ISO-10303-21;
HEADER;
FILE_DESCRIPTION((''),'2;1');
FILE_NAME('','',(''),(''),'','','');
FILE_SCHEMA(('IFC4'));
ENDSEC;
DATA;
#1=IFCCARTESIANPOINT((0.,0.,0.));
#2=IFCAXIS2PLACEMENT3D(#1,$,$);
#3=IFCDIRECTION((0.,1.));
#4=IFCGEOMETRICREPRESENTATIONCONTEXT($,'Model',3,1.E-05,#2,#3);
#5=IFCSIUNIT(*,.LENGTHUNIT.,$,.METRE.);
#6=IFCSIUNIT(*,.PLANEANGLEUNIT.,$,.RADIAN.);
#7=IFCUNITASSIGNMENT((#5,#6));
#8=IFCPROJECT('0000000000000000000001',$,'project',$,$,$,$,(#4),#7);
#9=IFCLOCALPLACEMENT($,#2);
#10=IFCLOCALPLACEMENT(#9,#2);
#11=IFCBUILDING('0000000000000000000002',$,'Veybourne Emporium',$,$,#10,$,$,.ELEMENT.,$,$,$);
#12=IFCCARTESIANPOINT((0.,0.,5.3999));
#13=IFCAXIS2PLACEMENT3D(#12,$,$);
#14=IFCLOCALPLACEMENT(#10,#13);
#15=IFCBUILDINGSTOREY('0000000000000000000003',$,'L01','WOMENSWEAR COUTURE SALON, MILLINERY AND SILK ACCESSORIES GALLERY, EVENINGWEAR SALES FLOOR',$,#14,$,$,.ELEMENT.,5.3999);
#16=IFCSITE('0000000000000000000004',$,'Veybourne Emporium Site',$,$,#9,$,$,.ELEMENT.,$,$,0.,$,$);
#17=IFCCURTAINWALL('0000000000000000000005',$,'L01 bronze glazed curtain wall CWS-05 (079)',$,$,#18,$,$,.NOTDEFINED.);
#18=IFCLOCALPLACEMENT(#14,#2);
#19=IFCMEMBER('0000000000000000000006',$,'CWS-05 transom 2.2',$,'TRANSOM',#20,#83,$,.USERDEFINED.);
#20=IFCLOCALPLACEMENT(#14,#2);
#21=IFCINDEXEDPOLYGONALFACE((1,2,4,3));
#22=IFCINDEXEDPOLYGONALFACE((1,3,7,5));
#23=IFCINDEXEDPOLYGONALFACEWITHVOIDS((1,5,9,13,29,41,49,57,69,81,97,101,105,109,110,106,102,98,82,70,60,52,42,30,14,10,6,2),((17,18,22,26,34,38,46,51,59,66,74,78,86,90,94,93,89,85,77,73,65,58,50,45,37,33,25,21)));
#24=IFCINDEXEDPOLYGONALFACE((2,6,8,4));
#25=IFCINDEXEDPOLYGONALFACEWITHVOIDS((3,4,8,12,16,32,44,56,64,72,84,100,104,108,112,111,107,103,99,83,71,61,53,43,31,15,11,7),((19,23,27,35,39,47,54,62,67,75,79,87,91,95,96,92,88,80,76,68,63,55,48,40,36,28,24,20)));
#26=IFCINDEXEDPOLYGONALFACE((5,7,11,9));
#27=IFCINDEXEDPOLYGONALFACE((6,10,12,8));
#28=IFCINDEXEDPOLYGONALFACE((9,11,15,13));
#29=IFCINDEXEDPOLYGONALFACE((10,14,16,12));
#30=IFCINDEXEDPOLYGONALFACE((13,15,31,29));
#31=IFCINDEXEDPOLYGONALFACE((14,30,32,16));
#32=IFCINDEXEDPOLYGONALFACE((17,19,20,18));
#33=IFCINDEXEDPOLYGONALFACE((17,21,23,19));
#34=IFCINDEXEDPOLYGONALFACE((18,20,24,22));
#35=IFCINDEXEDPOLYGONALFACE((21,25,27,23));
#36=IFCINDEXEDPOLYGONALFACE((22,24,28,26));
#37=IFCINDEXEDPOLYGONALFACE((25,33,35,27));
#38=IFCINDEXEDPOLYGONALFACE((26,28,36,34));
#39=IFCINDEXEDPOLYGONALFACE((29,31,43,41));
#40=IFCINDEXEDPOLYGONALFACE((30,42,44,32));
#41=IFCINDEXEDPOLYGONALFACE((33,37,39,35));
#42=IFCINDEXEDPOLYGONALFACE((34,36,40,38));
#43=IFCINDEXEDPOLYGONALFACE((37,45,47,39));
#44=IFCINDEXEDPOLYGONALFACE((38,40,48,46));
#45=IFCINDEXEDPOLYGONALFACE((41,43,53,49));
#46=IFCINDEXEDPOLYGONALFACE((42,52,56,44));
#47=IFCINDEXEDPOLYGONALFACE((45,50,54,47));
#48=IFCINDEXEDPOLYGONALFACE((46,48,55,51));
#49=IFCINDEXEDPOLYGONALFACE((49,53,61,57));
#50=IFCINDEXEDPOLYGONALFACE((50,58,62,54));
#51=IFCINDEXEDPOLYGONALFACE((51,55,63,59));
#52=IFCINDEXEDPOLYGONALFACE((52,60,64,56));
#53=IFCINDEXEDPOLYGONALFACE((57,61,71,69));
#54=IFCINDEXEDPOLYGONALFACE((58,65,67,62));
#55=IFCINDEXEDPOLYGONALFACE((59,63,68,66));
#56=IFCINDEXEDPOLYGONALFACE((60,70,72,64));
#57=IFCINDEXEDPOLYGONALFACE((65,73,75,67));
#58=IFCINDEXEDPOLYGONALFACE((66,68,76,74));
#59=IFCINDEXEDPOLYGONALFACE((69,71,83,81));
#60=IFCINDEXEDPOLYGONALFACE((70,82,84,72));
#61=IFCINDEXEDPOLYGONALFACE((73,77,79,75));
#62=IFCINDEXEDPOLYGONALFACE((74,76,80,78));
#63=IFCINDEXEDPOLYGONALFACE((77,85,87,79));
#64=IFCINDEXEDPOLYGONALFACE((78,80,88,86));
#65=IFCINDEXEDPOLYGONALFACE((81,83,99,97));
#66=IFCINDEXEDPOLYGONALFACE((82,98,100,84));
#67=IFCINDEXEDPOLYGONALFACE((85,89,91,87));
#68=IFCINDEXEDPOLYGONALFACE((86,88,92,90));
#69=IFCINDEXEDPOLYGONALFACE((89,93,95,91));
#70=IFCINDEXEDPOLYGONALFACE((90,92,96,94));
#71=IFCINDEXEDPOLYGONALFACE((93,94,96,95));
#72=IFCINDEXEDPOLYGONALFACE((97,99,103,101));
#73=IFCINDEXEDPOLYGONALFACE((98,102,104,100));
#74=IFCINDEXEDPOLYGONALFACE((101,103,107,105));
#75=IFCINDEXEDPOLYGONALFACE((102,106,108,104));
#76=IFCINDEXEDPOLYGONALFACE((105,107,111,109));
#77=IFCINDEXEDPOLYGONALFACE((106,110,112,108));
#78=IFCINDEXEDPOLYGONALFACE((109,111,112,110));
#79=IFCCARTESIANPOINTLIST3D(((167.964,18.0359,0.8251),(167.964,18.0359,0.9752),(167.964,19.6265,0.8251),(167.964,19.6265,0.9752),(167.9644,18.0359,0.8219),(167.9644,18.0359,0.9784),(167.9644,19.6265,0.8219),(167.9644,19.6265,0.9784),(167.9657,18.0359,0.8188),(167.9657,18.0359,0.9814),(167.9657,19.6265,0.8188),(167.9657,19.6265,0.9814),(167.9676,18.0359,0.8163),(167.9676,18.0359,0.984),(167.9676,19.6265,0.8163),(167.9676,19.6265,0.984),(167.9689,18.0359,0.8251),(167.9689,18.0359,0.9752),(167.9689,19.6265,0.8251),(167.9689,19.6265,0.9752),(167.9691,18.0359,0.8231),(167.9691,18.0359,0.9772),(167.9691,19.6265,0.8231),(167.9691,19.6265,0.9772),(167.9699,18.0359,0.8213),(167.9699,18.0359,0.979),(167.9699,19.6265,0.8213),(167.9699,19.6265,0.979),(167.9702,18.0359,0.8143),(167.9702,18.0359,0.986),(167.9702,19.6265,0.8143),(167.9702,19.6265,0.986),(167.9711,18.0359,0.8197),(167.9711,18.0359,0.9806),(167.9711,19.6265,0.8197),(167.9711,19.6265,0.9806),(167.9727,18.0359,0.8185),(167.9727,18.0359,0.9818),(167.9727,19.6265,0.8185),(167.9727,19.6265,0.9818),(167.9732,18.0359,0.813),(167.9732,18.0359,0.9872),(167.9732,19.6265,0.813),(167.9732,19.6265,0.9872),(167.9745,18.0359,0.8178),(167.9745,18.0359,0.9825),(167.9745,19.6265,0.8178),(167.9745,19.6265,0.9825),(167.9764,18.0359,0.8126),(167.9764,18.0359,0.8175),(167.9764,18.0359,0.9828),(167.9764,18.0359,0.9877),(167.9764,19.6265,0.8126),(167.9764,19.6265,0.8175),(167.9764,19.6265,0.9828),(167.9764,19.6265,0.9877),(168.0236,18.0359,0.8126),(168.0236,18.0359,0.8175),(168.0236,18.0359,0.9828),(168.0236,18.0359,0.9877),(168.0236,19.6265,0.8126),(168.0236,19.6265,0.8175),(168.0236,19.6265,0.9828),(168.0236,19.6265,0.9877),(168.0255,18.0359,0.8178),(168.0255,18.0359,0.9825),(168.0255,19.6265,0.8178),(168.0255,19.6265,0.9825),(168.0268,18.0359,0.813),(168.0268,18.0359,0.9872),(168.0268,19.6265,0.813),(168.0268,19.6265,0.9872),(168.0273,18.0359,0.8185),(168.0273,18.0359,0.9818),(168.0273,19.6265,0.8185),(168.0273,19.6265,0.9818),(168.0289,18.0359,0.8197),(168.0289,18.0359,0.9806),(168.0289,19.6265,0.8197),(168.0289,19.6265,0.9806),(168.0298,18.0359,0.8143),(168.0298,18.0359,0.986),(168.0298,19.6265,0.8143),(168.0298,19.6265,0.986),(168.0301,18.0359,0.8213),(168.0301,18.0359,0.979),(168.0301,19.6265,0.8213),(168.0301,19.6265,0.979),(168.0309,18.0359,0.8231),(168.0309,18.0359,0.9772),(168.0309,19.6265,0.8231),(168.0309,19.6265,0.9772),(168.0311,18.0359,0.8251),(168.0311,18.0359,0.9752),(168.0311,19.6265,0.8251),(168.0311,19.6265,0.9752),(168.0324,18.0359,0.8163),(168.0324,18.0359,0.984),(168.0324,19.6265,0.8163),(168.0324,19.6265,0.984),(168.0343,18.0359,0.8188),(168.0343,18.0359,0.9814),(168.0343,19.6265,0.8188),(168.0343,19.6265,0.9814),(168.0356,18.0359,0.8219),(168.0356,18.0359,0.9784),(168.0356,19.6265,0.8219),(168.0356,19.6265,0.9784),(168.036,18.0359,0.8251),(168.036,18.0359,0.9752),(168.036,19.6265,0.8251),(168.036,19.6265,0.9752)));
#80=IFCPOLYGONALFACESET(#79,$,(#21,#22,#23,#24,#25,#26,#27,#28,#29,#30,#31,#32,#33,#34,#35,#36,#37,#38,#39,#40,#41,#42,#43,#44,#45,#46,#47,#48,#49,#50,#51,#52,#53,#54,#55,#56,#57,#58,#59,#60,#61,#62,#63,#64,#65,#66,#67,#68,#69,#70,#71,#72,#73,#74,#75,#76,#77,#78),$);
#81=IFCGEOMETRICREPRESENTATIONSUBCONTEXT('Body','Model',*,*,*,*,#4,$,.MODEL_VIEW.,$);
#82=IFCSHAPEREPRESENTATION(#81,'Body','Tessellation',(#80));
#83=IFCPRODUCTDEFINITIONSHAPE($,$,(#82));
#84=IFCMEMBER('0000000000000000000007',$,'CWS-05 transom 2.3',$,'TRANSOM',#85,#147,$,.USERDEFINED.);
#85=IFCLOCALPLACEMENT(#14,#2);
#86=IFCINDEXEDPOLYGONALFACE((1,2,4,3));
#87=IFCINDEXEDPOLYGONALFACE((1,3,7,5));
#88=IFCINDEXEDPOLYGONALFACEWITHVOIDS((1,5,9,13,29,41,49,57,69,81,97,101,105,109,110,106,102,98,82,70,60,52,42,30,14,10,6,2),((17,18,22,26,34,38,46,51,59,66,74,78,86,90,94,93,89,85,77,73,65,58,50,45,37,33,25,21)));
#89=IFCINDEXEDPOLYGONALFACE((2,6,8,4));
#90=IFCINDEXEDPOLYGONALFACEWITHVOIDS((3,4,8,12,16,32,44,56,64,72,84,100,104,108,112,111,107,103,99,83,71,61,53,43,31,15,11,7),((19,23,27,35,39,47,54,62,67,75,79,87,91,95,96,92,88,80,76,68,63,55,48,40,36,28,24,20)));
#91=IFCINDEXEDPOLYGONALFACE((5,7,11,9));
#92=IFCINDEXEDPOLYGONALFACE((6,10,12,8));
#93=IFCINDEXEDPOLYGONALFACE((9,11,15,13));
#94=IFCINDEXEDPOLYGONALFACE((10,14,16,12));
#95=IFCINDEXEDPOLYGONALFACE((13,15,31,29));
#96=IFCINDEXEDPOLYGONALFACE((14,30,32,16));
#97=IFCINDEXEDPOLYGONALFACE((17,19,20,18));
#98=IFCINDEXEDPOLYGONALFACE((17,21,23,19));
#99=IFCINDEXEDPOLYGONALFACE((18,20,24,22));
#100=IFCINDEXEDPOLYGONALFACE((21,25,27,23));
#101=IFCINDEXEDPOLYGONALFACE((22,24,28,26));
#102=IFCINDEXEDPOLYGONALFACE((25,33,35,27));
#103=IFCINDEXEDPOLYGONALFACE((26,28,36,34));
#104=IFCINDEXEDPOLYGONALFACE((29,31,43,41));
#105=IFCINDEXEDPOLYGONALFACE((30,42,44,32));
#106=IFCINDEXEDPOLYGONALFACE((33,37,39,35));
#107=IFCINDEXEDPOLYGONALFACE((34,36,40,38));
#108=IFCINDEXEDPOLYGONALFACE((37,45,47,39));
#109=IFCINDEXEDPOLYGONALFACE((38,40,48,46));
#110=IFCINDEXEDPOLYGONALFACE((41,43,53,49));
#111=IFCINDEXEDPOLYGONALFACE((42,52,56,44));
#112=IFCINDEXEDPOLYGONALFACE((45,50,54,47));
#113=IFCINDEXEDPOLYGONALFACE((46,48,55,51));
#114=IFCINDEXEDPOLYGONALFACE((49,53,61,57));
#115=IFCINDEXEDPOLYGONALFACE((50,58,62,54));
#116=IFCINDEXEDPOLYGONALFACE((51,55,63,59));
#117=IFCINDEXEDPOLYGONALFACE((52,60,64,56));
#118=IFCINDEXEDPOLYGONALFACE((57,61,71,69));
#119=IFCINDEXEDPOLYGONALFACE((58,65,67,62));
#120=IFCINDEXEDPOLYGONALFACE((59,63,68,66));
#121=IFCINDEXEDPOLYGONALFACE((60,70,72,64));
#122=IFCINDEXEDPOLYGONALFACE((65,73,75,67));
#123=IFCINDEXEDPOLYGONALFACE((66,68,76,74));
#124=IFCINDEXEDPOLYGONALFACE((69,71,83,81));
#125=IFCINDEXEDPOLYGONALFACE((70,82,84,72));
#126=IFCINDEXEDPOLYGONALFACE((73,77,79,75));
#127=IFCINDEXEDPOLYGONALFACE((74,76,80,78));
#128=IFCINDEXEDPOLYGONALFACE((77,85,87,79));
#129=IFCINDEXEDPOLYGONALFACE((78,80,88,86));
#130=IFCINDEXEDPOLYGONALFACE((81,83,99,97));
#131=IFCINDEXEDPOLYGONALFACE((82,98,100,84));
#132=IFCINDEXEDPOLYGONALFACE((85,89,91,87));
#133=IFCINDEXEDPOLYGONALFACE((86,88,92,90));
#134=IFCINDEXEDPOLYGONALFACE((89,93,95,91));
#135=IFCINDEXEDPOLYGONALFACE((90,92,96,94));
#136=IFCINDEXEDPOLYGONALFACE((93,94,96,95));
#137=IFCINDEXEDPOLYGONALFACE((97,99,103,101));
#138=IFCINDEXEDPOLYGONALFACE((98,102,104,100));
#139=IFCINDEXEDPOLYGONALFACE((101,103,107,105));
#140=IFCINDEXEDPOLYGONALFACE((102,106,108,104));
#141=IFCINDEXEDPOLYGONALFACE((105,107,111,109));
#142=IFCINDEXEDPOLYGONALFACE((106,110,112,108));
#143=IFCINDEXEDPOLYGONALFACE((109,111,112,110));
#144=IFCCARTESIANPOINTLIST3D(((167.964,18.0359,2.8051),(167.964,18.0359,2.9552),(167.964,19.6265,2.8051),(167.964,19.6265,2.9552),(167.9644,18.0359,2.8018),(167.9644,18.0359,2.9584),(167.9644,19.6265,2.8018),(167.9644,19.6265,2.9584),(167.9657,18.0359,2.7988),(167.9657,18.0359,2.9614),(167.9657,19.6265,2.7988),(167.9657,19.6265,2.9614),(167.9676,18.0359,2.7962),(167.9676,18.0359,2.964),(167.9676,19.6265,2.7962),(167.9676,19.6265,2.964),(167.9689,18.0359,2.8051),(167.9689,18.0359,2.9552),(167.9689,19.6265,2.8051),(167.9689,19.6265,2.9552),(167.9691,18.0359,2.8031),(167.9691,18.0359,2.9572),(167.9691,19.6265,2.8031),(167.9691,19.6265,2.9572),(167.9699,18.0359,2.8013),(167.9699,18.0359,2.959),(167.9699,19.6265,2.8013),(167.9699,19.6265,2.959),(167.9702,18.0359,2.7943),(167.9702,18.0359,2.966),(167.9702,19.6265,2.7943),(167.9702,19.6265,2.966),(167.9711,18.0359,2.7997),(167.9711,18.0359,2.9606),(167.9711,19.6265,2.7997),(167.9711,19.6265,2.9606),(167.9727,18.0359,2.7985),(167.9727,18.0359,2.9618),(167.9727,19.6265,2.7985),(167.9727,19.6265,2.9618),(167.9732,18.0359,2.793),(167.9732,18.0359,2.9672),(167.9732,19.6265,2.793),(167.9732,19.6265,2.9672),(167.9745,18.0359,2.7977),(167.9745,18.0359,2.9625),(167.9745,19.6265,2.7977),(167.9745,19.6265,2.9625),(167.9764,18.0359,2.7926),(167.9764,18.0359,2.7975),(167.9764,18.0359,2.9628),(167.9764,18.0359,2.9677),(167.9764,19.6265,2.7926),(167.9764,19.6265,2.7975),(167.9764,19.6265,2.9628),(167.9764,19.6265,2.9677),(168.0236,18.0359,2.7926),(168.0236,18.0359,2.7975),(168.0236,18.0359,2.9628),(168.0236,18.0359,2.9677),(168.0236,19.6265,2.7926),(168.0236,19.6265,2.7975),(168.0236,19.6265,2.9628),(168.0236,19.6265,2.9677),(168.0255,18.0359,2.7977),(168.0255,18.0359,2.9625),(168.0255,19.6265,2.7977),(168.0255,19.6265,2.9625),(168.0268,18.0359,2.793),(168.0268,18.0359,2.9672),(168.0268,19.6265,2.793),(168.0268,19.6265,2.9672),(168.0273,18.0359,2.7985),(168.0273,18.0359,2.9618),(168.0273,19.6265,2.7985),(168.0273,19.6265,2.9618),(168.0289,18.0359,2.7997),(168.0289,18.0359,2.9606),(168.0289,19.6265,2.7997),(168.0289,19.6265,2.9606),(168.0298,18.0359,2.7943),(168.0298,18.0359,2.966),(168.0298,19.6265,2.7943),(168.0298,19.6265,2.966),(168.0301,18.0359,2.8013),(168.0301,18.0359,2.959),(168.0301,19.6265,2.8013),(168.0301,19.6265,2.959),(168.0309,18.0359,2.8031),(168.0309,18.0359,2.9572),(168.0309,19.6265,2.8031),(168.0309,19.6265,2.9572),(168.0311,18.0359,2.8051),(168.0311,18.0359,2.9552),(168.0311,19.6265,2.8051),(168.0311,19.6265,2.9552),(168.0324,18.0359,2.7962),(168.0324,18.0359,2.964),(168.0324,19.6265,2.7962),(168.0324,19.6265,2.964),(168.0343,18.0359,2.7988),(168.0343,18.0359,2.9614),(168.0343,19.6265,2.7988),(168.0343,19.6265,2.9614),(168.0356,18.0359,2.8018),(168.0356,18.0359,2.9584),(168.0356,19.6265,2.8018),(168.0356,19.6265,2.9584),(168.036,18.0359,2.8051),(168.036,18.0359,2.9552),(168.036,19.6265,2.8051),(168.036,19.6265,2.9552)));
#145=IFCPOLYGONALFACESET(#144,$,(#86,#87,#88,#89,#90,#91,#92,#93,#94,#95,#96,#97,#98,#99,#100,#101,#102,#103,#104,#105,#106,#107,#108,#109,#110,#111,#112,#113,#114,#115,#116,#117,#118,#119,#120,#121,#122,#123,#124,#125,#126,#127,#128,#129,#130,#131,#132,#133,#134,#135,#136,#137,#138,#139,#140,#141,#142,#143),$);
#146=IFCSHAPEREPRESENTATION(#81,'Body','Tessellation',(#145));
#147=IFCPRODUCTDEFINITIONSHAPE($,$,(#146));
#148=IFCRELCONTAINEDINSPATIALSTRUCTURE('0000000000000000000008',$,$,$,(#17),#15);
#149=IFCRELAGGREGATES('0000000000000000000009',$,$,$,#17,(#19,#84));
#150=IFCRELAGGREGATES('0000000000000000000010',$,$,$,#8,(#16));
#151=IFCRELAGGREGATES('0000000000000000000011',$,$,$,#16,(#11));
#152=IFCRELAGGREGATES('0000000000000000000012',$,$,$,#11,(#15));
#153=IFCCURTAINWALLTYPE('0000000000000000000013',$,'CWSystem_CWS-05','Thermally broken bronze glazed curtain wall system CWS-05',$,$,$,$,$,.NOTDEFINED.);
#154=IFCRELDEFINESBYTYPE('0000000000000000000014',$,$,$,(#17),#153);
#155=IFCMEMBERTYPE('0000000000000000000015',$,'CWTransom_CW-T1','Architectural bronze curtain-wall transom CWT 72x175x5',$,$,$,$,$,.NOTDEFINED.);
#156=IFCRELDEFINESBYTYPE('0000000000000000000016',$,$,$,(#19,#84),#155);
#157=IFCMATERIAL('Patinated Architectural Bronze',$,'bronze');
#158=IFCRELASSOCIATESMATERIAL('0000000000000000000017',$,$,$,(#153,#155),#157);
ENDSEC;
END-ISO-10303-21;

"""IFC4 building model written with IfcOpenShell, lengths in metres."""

from ifc_helpers import new_model, si_unit, direction, frame, origin, origin_2d, place, context, subcontext, project, spatial, hollow_rectangle, extrude, material, material_profile, profile_set, type_object, element, aggregate, save


model = new_model("IFC4")

# Units and contexts
model_context = context("Model", 3, precision=1e-05, world=origin(), true_north=direction((0.0, 1.0)))
body_context = subcontext(model_context, "Body", "Model", "MODEL_VIEW")
ifc_project = project(units=[si_unit("LENGTHUNIT", "METRE"), si_unit("PLANEANGLEUNIT", "RADIAN")], contexts=[model_context])

# Site, building, storey
site_placement = place(None, origin())
site = spatial("IfcSite", under=ifc_project, at=site_placement, Name="Veybourne Emporium Site", CompositionType="ELEMENT", RefElevation=0.0)
building_placement = place(site_placement, origin())
building = spatial("IfcBuilding", under=site, at=building_placement, Name="Veybourne Emporium", CompositionType="ELEMENT")
storey_placement = place(building_placement, frame((0.0, 0.0, 5.3999)))
storey = spatial("IfcBuildingStorey", under=building, at=storey_placement, Name="L01", Description="WOMENSWEAR COUTURE SALON, MILLINERY AND SILK ACCESSORIES GALLERY, EVENINGWEAR SALES FLOOR", CompositionType="ELEMENT", Elevation=5.3999)

# Curtain wall, members
ifc_material_1 = material(Name="Patinated Architectural Bronze", Category="bronze")
curtain_wall_type = type_object("IfcCurtainWallType", Name="CWSystem_CWS-05", Description="Thermally broken bronze glazed curtain wall system CWS-05", PredefinedType="NOTDEFINED", material=ifc_material_1)
curtain_wall_placement = place(storey_placement, origin())
curtain_wall = element("IfcCurtainWall", 1, at=curtain_wall_placement, inside=storey, type_object=curtain_wall_type, Name="L01 bronze glazed curtain wall CWS-05 (079)", PredefinedType="NOTDEFINED")
ifc_material_profile_1 = material_profile(ifc_material_1, hollow_rectangle(XDim=0.072, YDim=0.175, WallThickness=0.0049, InnerFilletRadius=0.0076, OuterFilletRadius=0.0125, at=origin_2d()), Name="CWT 72x175x5")
ifc_profile_set_1 = profile_set([ifc_material_profile_1], Name="Patinated Architectural Bronze")
member_type_1 = type_object("IfcMemberType", Name="CWTransom_CW-T1", Description="Architectural bronze curtain-wall transom CWT 72x175x5", PredefinedType="NOTDEFINED", material=ifc_profile_set_1)
member_1_placement = place(storey_placement, frame((168.0, 19.6265, 0.9001), z_axis=(0.0, -1.0, 0.0), x_axis=(1.0, 0.0, 0.0)))
member_1 = element("IfcMember", 2, at=member_1_placement, type_object=member_type_1, Name="CWS-05 transom 2.2", ObjectType="TRANSOM", PredefinedType="USERDEFINED", context=body_context, shape_type="SweptSolid", body=[
    extrude(hollow_rectangle(XDim=0.072, YDim=0.175, WallThickness=0.0049, InnerFilletRadius=0.0076, OuterFilletRadius=0.0125, at=origin_2d()), origin(), (0.0, 0.0, 1.0), 1.5906),
])
member_2_placement = place(storey_placement, frame((168.0, 19.6265, 2.8801), z_axis=(0.0, -1.0, 0.0), x_axis=(1.0, 0.0, 0.0)))
member_2 = element("IfcMember", 3, at=member_2_placement, type_object=member_type_1, Name="CWS-05 transom 2.3", ObjectType="TRANSOM", PredefinedType="USERDEFINED", context=body_context, shape_type="SweptSolid", body=[
    extrude(hollow_rectangle(XDim=0.072, YDim=0.175, WallThickness=0.0049, InnerFilletRadius=0.0076, OuterFilletRadius=0.0125, at=origin_2d()), origin(), (0.0, 0.0, 1.0), 1.5906),
])
aggregate(curtain_wall, [member_1, member_2])

save(model, "model.ifc")
